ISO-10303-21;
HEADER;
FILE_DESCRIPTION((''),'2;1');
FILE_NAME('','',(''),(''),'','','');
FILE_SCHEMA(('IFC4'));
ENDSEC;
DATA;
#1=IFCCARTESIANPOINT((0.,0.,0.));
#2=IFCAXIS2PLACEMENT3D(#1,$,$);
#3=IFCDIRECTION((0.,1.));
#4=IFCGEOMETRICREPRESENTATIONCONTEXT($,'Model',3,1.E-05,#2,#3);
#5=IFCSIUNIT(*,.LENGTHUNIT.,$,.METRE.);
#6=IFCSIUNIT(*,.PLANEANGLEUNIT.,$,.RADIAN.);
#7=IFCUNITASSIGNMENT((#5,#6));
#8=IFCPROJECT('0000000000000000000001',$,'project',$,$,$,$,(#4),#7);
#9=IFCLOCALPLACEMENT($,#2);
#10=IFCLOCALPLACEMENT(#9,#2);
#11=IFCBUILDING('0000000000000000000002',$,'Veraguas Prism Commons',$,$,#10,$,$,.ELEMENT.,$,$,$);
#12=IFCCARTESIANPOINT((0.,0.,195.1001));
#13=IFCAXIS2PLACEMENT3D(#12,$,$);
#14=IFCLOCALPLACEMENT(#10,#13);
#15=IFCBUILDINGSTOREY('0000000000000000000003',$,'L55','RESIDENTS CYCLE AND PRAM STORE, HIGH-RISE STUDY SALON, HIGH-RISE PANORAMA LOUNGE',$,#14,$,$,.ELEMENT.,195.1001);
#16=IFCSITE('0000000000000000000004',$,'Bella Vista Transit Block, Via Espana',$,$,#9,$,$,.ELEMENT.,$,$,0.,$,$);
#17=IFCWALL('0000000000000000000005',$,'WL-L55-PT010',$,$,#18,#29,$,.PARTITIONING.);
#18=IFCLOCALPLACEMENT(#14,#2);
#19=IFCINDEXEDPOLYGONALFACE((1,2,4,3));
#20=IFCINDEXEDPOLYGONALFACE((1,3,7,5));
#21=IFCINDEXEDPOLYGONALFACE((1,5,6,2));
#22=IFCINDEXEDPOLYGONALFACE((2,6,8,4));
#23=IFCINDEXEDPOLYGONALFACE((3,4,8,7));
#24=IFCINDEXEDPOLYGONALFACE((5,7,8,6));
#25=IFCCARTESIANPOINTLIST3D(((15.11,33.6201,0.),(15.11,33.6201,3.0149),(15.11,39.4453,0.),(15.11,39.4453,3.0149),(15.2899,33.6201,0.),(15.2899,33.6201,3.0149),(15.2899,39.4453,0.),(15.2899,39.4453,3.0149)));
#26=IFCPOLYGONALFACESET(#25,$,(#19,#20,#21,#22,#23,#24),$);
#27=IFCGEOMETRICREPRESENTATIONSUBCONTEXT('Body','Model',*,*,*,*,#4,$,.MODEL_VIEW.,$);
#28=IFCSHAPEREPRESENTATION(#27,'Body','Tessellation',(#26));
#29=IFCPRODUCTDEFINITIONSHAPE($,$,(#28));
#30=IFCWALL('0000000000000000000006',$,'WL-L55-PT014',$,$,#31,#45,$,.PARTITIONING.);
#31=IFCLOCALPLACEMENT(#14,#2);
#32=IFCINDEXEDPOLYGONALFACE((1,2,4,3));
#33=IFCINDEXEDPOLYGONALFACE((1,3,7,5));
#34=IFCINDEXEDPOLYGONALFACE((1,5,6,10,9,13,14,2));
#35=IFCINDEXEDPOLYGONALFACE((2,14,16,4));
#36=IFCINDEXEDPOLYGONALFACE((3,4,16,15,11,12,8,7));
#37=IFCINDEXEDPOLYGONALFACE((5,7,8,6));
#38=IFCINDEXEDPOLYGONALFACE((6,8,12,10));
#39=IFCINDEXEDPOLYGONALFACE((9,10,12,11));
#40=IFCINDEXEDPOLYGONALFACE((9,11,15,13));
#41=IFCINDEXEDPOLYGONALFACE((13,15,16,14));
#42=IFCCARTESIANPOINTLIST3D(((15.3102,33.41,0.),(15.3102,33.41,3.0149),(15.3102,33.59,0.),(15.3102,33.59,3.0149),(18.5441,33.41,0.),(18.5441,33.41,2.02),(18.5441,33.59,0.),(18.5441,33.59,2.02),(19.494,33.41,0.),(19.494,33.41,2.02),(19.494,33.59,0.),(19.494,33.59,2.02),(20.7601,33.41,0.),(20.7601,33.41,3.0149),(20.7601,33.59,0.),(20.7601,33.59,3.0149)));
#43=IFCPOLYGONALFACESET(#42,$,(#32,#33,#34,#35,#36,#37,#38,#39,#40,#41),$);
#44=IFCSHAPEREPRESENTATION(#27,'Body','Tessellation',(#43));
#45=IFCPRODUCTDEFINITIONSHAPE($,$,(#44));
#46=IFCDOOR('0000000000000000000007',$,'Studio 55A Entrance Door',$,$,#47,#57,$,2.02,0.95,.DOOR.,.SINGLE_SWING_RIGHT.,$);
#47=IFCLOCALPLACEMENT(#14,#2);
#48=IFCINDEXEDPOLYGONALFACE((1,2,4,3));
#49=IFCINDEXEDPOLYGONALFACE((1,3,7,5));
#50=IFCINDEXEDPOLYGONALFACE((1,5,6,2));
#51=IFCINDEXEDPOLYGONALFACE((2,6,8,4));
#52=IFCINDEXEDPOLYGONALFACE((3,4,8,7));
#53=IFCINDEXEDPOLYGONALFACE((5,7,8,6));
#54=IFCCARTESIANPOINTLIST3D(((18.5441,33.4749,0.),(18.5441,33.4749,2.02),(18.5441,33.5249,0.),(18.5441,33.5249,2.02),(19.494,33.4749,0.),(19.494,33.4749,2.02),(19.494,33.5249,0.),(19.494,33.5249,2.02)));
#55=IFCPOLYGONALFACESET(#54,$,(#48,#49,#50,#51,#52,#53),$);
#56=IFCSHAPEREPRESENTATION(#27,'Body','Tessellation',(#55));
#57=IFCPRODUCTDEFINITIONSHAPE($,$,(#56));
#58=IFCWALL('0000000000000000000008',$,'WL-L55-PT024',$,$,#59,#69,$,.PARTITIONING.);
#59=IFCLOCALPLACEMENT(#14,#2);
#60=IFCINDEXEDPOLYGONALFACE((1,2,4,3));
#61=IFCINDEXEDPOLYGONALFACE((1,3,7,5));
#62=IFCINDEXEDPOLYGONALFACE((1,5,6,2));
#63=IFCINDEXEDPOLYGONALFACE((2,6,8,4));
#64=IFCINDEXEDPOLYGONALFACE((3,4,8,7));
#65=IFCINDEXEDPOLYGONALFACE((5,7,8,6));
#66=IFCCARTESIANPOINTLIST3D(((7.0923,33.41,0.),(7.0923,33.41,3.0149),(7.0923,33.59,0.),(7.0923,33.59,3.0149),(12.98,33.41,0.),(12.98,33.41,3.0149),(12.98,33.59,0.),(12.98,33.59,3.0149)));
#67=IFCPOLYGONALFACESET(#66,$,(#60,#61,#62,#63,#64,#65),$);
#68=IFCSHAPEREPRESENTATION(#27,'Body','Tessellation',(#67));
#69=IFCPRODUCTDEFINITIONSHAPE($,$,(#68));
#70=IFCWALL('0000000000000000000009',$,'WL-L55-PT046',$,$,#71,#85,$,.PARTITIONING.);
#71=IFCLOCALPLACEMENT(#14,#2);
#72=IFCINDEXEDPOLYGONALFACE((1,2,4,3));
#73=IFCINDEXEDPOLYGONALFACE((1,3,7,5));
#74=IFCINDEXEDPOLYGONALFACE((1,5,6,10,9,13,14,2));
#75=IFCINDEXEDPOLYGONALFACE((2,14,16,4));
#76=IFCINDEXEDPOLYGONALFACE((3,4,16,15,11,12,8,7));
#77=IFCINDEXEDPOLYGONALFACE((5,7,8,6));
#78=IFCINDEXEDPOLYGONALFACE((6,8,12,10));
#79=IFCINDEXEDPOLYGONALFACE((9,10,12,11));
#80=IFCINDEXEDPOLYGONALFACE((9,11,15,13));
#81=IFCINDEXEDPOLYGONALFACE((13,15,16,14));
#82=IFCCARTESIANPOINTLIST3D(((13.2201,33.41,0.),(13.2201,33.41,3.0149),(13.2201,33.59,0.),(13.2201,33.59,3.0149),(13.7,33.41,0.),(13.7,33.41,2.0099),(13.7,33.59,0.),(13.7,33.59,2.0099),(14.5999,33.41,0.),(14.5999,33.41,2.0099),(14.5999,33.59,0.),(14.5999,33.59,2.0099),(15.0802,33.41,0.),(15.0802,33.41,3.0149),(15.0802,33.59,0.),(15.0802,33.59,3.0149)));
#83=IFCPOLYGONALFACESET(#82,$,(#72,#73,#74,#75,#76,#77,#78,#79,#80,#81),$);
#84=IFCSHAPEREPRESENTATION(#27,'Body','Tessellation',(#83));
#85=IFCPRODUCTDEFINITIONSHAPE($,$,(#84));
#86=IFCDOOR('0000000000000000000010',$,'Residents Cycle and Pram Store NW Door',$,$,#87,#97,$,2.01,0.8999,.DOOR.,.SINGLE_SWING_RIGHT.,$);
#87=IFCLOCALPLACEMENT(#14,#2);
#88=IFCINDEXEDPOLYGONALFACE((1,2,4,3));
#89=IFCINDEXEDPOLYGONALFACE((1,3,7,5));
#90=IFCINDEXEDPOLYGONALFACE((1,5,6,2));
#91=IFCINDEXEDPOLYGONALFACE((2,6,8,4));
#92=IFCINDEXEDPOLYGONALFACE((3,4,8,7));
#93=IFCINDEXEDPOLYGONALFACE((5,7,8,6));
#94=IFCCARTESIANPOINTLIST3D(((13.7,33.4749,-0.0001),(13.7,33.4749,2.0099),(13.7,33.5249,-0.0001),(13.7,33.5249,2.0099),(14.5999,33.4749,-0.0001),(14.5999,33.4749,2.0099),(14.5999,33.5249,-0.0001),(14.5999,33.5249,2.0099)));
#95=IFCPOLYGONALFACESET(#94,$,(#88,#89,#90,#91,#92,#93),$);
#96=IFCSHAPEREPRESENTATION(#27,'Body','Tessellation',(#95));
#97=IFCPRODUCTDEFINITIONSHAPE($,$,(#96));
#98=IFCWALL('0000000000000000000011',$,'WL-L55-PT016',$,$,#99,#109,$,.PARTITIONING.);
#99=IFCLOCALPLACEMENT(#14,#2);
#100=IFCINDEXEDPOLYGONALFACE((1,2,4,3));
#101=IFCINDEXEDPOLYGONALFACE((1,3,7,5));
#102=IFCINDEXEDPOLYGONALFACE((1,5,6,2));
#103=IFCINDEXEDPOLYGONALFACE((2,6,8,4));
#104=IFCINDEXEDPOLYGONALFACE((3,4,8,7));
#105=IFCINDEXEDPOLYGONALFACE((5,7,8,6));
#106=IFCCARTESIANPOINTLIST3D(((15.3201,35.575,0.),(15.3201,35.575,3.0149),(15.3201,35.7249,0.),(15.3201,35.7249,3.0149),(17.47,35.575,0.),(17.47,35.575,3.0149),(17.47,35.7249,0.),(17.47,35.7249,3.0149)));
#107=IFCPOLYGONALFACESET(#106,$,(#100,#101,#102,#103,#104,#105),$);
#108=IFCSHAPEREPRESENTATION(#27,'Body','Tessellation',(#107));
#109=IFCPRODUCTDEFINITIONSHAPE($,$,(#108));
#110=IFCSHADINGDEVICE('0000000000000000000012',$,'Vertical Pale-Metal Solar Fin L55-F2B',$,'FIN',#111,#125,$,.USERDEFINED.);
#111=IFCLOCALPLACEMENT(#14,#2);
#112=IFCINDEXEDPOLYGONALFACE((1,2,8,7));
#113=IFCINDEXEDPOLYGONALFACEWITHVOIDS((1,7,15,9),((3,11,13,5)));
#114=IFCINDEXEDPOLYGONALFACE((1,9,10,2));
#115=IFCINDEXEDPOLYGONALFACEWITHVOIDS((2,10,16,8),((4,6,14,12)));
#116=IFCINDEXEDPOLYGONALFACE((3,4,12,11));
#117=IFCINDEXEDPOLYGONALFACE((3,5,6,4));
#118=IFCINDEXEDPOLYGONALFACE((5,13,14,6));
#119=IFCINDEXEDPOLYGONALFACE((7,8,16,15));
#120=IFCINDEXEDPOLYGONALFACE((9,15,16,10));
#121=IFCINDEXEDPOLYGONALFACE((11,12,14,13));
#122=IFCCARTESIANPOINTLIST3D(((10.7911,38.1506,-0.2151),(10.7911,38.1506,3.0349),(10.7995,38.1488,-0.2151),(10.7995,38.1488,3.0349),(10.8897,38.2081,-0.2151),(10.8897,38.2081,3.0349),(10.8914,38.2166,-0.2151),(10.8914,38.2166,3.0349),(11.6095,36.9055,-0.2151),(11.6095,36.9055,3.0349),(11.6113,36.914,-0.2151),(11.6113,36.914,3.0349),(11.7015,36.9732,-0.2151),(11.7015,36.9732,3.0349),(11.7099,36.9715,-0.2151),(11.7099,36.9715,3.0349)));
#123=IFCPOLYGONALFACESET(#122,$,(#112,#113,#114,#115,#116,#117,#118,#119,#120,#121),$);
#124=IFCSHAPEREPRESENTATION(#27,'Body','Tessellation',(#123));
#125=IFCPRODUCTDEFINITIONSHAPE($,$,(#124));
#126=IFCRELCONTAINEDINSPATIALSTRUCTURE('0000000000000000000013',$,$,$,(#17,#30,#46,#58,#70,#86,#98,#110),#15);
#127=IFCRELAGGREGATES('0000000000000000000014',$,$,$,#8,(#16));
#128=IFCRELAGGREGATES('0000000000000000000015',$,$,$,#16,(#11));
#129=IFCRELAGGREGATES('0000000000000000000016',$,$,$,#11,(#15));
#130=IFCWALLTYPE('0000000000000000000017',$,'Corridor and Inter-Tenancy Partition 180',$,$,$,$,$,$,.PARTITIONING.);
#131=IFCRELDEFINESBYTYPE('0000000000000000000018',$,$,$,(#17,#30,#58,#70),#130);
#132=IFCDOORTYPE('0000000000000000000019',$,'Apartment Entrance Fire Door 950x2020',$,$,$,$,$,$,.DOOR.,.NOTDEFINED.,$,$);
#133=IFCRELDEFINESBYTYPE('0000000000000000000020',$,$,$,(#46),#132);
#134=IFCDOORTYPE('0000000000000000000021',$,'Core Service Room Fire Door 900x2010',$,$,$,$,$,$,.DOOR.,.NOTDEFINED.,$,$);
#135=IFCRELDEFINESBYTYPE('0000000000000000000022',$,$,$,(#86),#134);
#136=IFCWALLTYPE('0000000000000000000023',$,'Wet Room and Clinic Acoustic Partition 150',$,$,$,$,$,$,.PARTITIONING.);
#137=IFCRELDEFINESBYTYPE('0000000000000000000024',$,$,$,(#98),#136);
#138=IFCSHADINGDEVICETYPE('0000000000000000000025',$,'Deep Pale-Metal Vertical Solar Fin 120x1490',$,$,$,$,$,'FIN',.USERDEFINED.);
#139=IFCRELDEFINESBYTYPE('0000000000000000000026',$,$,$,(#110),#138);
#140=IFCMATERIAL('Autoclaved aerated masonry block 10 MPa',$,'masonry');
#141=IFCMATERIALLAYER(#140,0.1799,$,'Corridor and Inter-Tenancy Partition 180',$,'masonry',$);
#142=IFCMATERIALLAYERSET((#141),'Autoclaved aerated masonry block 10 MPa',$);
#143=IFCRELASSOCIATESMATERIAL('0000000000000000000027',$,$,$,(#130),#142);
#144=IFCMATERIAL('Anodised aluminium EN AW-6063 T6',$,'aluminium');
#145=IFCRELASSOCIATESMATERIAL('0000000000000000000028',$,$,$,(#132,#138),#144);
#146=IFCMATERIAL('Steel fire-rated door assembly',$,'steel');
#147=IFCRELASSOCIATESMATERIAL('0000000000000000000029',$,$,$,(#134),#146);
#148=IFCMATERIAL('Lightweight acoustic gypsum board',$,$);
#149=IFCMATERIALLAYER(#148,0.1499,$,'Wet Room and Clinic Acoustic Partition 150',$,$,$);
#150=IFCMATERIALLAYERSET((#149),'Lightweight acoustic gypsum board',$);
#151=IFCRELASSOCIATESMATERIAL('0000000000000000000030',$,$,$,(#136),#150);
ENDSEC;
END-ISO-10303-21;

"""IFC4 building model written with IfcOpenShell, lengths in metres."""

from ifc_helpers import new_model, si_unit, direction, frame, frame_2d, origin, origin_2d, place, context, subcontext, project, spatial, rectangle, hollow_rectangle, extrude, source, transform, mapped, material, layer, layer_set, material_profile, profile_set, type_object, element, fill, save


model = new_model("IFC4")

# Units and contexts
model_context = context("Model", 3, precision=1e-05, world=origin(), true_north=direction((0.0, 1.0)))
body_context = subcontext(model_context, "Body", "Model", "MODEL_VIEW")
ifc_project = project(units=[si_unit("LENGTHUNIT", "METRE"), si_unit("PLANEANGLEUNIT", "RADIAN")], contexts=[model_context])

# Site, building, storey
site_placement = place(None, origin())
site = spatial("IfcSite", under=ifc_project, at=site_placement, Name="Bella Vista Transit Block, Via Espana", CompositionType="ELEMENT", RefElevation=0.0)
building_placement = place(site_placement, origin())
building = spatial("IfcBuilding", under=site, at=building_placement, Name="Veraguas Prism Commons", CompositionType="ELEMENT")
storey_placement = place(building_placement, frame((0.0, 0.0, 195.1001)))
storey = spatial("IfcBuildingStorey", under=building, at=storey_placement, Name="L55", Description="RESIDENTS CYCLE AND PRAM STORE, HIGH-RISE STUDY SALON, HIGH-RISE PANORAMA LOUNGE", CompositionType="ELEMENT", Elevation=195.1001)

# Shared definitions
ifc_material_1 = material(Name="Anodised aluminium EN AW-6063 T6", Category="aluminium")

# Wall
ifc_material_2 = material(Name="Autoclaved aerated masonry block 10 MPa", Category="masonry")
ifc_layer_1 = layer(ifc_material_2, 0.1799, Name="Corridor and Inter-Tenancy Partition 180", Category="masonry")
ifc_layer_set_1 = layer_set([ifc_layer_1], Name="Autoclaved aerated masonry block 10 MPa")
wall_type_1 = type_object("IfcWallType", Name="Corridor and Inter-Tenancy Partition 180", PredefinedType="PARTITIONING", material=ifc_layer_set_1)
wall_1_placement = place(storey_placement, frame((15.2, 33.6201, 0.0), z_axis=(0.0, 0.0, 1.0), x_axis=(0.0, 1.0, 0.0)))
element("IfcWall", 1, at=wall_1_placement, inside=storey, type_object=wall_type_1, Name="WL-L55-PT010", PredefinedType="PARTITIONING", context=body_context, shape_type="SweptSolid", body=[
    extrude(rectangle(XDim=5.8252, YDim=0.1799, at=frame_2d((2.9126, 0.0))), origin(), (0.0, 0.0, 1.0), 3.0149),
])

# Wall, opening, door
wall_2_placement = place(storey_placement, frame((15.3101, 33.5, 0.0), z_axis=(0.0, 0.0, 1.0), x_axis=(1.0, 0.0, 0.0)))
wall_2 = element("IfcWall", 2, at=wall_2_placement, inside=storey, type_object=wall_type_1, Name="WL-L55-PT014", PredefinedType="PARTITIONING", context=body_context, shape_type="SweptSolid", body=[
    extrude(rectangle(XDim=5.45, YDim=0.1799, at=frame_2d((2.7251, 0.0))), origin(), (0.0, 0.0, 1.0), 3.0149),
])
opening_1_placement = place(wall_2_placement, frame((3.2339, 0.0, 0.0)))
opening_1 = element("IfcOpeningElement", 3, at=opening_1_placement, cuts=wall_2, PredefinedType="OPENING", context=body_context, shape_type="SweptSolid", body=[
    extrude(rectangle(XDim=0.95, YDim=2.02, at=frame_2d((0.4751, 1.01))), frame((0.0, 0.0999, 0.0), z_axis=(0.0, -1.0, 0.0), x_axis=(1.0, 0.0, 0.0)), (0.0, 0.0, 1.0), 0.2),
])
door_type_1 = type_object("IfcDoorType", Name="Apartment Entrance Fire Door 950x2020", OperationType="NOTDEFINED", PredefinedType="DOOR", material=ifc_material_1)
shared_shape_1 = source(origin(), body_context, "Body", "SweptSolid", [
    extrude(rectangle(XDim=0.95, YDim=2.02, at=frame_2d((0.4751, 1.01))), frame((0.0, 0.0249, 0.0), z_axis=(0.0, -1.0, 0.0), x_axis=(1.0, 0.0, 0.0)), (0.0, 0.0, 1.0), 0.05),
])
door_1_placement = place(opening_1_placement, origin())
door_1 = element("IfcDoor", 4, at=door_1_placement, inside=storey, type_object=door_type_1, Name="Studio 55A Entrance Door", OperationType="SINGLE_SWING_RIGHT", OverallHeight=2.02, OverallWidth=0.95, PredefinedType="DOOR", context=body_context, shape_type="MappedRepresentation", body=[
    mapped(shared_shape_1, transform((0.0, 0.0, 0.0), scale=1.0)),
])
fill(opening_1, door_1)

# Wall
wall_3_placement = place(storey_placement, frame((12.98, 33.5, 0.0), z_axis=(0.0, 0.0, 1.0), x_axis=(-1.0, 0.0, 0.0)))
element("IfcWall", 5, at=wall_3_placement, inside=storey, type_object=wall_type_1, Name="WL-L55-PT024", PredefinedType="PARTITIONING", context=body_context, shape_type="SweptSolid", body=[
    extrude(rectangle(XDim=5.8877, YDim=0.1799, at=frame_2d((2.9438, 0.0))), origin(), (0.0, 0.0, 1.0), 3.0149),
])

# Wall, opening, door
wall_4_placement = place(storey_placement, frame((13.22, 33.5, 0.0), z_axis=(0.0, 0.0, 1.0), x_axis=(1.0, 0.0, 0.0)))
wall_4 = element("IfcWall", 6, at=wall_4_placement, inside=storey, type_object=wall_type_1, Name="WL-L55-PT046", PredefinedType="PARTITIONING", context=body_context, shape_type="SweptSolid", body=[
    extrude(rectangle(XDim=1.8601, YDim=0.1799, at=frame_2d((0.9302, 0.0))), origin(), (0.0, 0.0, 1.0), 3.0149),
])
opening_2_placement = place(wall_4_placement, frame((0.48, 0.0, 0.0)))
opening_2 = element("IfcOpeningElement", 7, at=opening_2_placement, cuts=wall_4, PredefinedType="OPENING", context=body_context, shape_type="SweptSolid", body=[
    extrude(rectangle(XDim=0.8999, YDim=2.01, at=frame_2d((0.45, 1.0049))), frame((0.0, 0.0999, 0.0), z_axis=(0.0, -1.0, 0.0), x_axis=(1.0, 0.0, 0.0)), (0.0, 0.0, 1.0), 0.2),
])
ifc_material_3 = material(Name="Steel fire-rated door assembly", Category="steel")
door_type_2 = type_object("IfcDoorType", Name="Core Service Room Fire Door 900x2010", OperationType="NOTDEFINED", PredefinedType="DOOR", material=ifc_material_3)
shared_shape_2 = source(origin(), body_context, "Body", "SweptSolid", [
    extrude(rectangle(XDim=0.8999, YDim=2.01, at=frame_2d((0.45, 1.0049))), frame((0.0, 0.0249, 0.0), z_axis=(0.0, -1.0, 0.0), x_axis=(1.0, 0.0, 0.0)), (0.0, 0.0, 1.0), 0.05),
])
door_2_placement = place(opening_2_placement, origin())
door_2 = element("IfcDoor", 8, at=door_2_placement, inside=storey, type_object=door_type_2, Name="Residents Cycle and Pram Store NW Door", OperationType="SINGLE_SWING_RIGHT", OverallHeight=2.01, OverallWidth=0.8999, PredefinedType="DOOR", context=body_context, shape_type="MappedRepresentation", body=[
    mapped(shared_shape_2, transform((0.0, 0.0, 0.0), scale=1.0)),
])
fill(opening_2, door_2)

# Wall
ifc_material_4 = material(Name="Lightweight acoustic gypsum board")
ifc_layer_2 = layer(ifc_material_4, 0.1499, Name="Wet Room and Clinic Acoustic Partition 150")
ifc_layer_set_2 = layer_set([ifc_layer_2], Name="Lightweight acoustic gypsum board")
wall_type_2 = type_object("IfcWallType", Name="Wet Room and Clinic Acoustic Partition 150", PredefinedType="PARTITIONING", material=ifc_layer_set_2)
wall_5_placement = place(storey_placement, frame((15.3201, 35.6499, 0.0), z_axis=(0.0, 0.0, 1.0), x_axis=(1.0, 0.0, 0.0)))
element("IfcWall", 9, at=wall_5_placement, inside=storey, type_object=wall_type_2, Name="WL-L55-PT016", PredefinedType="PARTITIONING", context=body_context, shape_type="SweptSolid", body=[
    extrude(rectangle(XDim=2.1499, YDim=0.1499, at=frame_2d((1.075, 0.0))), origin(), (0.0, 0.0, 1.0), 3.0149),
])

# Shading device
ifc_material_profile_1 = material_profile(ifc_material_1, hollow_rectangle(XDim=0.1201, YDim=1.49, WallThickness=0.0061, at=origin_2d()), Name="FIN120X1490X6")
ifc_profile_set_1 = profile_set([ifc_material_profile_1], Name="Anodised aluminium EN AW-6063 T6")
shading_device_type = type_object("IfcShadingDeviceType", Name="Deep Pale-Metal Vertical Solar Fin 120x1490", ElementType="FIN", PredefinedType="USERDEFINED", material=ifc_profile_set_1)
shading_device_placement = place(storey_placement, frame((11.2505, 37.561, -0.2151), z_axis=(0.0, 0.0, 1.0), x_axis=(-0.835618, -0.549312, 0.0)))
element("IfcShadingDevice", 10, at=shading_device_placement, inside=storey, type_object=shading_device_type, Name="Vertical Pale-Metal Solar Fin L55-F2B", ObjectType="FIN", PredefinedType="USERDEFINED", context=body_context, shape_type="SweptSolid", body=[
    extrude(hollow_rectangle(XDim=0.1201, YDim=1.49, WallThickness=0.0061, at=origin_2d()), origin(), (0.0, 0.0, 1.0), 3.25),
])

save(model, "model.ifc")
